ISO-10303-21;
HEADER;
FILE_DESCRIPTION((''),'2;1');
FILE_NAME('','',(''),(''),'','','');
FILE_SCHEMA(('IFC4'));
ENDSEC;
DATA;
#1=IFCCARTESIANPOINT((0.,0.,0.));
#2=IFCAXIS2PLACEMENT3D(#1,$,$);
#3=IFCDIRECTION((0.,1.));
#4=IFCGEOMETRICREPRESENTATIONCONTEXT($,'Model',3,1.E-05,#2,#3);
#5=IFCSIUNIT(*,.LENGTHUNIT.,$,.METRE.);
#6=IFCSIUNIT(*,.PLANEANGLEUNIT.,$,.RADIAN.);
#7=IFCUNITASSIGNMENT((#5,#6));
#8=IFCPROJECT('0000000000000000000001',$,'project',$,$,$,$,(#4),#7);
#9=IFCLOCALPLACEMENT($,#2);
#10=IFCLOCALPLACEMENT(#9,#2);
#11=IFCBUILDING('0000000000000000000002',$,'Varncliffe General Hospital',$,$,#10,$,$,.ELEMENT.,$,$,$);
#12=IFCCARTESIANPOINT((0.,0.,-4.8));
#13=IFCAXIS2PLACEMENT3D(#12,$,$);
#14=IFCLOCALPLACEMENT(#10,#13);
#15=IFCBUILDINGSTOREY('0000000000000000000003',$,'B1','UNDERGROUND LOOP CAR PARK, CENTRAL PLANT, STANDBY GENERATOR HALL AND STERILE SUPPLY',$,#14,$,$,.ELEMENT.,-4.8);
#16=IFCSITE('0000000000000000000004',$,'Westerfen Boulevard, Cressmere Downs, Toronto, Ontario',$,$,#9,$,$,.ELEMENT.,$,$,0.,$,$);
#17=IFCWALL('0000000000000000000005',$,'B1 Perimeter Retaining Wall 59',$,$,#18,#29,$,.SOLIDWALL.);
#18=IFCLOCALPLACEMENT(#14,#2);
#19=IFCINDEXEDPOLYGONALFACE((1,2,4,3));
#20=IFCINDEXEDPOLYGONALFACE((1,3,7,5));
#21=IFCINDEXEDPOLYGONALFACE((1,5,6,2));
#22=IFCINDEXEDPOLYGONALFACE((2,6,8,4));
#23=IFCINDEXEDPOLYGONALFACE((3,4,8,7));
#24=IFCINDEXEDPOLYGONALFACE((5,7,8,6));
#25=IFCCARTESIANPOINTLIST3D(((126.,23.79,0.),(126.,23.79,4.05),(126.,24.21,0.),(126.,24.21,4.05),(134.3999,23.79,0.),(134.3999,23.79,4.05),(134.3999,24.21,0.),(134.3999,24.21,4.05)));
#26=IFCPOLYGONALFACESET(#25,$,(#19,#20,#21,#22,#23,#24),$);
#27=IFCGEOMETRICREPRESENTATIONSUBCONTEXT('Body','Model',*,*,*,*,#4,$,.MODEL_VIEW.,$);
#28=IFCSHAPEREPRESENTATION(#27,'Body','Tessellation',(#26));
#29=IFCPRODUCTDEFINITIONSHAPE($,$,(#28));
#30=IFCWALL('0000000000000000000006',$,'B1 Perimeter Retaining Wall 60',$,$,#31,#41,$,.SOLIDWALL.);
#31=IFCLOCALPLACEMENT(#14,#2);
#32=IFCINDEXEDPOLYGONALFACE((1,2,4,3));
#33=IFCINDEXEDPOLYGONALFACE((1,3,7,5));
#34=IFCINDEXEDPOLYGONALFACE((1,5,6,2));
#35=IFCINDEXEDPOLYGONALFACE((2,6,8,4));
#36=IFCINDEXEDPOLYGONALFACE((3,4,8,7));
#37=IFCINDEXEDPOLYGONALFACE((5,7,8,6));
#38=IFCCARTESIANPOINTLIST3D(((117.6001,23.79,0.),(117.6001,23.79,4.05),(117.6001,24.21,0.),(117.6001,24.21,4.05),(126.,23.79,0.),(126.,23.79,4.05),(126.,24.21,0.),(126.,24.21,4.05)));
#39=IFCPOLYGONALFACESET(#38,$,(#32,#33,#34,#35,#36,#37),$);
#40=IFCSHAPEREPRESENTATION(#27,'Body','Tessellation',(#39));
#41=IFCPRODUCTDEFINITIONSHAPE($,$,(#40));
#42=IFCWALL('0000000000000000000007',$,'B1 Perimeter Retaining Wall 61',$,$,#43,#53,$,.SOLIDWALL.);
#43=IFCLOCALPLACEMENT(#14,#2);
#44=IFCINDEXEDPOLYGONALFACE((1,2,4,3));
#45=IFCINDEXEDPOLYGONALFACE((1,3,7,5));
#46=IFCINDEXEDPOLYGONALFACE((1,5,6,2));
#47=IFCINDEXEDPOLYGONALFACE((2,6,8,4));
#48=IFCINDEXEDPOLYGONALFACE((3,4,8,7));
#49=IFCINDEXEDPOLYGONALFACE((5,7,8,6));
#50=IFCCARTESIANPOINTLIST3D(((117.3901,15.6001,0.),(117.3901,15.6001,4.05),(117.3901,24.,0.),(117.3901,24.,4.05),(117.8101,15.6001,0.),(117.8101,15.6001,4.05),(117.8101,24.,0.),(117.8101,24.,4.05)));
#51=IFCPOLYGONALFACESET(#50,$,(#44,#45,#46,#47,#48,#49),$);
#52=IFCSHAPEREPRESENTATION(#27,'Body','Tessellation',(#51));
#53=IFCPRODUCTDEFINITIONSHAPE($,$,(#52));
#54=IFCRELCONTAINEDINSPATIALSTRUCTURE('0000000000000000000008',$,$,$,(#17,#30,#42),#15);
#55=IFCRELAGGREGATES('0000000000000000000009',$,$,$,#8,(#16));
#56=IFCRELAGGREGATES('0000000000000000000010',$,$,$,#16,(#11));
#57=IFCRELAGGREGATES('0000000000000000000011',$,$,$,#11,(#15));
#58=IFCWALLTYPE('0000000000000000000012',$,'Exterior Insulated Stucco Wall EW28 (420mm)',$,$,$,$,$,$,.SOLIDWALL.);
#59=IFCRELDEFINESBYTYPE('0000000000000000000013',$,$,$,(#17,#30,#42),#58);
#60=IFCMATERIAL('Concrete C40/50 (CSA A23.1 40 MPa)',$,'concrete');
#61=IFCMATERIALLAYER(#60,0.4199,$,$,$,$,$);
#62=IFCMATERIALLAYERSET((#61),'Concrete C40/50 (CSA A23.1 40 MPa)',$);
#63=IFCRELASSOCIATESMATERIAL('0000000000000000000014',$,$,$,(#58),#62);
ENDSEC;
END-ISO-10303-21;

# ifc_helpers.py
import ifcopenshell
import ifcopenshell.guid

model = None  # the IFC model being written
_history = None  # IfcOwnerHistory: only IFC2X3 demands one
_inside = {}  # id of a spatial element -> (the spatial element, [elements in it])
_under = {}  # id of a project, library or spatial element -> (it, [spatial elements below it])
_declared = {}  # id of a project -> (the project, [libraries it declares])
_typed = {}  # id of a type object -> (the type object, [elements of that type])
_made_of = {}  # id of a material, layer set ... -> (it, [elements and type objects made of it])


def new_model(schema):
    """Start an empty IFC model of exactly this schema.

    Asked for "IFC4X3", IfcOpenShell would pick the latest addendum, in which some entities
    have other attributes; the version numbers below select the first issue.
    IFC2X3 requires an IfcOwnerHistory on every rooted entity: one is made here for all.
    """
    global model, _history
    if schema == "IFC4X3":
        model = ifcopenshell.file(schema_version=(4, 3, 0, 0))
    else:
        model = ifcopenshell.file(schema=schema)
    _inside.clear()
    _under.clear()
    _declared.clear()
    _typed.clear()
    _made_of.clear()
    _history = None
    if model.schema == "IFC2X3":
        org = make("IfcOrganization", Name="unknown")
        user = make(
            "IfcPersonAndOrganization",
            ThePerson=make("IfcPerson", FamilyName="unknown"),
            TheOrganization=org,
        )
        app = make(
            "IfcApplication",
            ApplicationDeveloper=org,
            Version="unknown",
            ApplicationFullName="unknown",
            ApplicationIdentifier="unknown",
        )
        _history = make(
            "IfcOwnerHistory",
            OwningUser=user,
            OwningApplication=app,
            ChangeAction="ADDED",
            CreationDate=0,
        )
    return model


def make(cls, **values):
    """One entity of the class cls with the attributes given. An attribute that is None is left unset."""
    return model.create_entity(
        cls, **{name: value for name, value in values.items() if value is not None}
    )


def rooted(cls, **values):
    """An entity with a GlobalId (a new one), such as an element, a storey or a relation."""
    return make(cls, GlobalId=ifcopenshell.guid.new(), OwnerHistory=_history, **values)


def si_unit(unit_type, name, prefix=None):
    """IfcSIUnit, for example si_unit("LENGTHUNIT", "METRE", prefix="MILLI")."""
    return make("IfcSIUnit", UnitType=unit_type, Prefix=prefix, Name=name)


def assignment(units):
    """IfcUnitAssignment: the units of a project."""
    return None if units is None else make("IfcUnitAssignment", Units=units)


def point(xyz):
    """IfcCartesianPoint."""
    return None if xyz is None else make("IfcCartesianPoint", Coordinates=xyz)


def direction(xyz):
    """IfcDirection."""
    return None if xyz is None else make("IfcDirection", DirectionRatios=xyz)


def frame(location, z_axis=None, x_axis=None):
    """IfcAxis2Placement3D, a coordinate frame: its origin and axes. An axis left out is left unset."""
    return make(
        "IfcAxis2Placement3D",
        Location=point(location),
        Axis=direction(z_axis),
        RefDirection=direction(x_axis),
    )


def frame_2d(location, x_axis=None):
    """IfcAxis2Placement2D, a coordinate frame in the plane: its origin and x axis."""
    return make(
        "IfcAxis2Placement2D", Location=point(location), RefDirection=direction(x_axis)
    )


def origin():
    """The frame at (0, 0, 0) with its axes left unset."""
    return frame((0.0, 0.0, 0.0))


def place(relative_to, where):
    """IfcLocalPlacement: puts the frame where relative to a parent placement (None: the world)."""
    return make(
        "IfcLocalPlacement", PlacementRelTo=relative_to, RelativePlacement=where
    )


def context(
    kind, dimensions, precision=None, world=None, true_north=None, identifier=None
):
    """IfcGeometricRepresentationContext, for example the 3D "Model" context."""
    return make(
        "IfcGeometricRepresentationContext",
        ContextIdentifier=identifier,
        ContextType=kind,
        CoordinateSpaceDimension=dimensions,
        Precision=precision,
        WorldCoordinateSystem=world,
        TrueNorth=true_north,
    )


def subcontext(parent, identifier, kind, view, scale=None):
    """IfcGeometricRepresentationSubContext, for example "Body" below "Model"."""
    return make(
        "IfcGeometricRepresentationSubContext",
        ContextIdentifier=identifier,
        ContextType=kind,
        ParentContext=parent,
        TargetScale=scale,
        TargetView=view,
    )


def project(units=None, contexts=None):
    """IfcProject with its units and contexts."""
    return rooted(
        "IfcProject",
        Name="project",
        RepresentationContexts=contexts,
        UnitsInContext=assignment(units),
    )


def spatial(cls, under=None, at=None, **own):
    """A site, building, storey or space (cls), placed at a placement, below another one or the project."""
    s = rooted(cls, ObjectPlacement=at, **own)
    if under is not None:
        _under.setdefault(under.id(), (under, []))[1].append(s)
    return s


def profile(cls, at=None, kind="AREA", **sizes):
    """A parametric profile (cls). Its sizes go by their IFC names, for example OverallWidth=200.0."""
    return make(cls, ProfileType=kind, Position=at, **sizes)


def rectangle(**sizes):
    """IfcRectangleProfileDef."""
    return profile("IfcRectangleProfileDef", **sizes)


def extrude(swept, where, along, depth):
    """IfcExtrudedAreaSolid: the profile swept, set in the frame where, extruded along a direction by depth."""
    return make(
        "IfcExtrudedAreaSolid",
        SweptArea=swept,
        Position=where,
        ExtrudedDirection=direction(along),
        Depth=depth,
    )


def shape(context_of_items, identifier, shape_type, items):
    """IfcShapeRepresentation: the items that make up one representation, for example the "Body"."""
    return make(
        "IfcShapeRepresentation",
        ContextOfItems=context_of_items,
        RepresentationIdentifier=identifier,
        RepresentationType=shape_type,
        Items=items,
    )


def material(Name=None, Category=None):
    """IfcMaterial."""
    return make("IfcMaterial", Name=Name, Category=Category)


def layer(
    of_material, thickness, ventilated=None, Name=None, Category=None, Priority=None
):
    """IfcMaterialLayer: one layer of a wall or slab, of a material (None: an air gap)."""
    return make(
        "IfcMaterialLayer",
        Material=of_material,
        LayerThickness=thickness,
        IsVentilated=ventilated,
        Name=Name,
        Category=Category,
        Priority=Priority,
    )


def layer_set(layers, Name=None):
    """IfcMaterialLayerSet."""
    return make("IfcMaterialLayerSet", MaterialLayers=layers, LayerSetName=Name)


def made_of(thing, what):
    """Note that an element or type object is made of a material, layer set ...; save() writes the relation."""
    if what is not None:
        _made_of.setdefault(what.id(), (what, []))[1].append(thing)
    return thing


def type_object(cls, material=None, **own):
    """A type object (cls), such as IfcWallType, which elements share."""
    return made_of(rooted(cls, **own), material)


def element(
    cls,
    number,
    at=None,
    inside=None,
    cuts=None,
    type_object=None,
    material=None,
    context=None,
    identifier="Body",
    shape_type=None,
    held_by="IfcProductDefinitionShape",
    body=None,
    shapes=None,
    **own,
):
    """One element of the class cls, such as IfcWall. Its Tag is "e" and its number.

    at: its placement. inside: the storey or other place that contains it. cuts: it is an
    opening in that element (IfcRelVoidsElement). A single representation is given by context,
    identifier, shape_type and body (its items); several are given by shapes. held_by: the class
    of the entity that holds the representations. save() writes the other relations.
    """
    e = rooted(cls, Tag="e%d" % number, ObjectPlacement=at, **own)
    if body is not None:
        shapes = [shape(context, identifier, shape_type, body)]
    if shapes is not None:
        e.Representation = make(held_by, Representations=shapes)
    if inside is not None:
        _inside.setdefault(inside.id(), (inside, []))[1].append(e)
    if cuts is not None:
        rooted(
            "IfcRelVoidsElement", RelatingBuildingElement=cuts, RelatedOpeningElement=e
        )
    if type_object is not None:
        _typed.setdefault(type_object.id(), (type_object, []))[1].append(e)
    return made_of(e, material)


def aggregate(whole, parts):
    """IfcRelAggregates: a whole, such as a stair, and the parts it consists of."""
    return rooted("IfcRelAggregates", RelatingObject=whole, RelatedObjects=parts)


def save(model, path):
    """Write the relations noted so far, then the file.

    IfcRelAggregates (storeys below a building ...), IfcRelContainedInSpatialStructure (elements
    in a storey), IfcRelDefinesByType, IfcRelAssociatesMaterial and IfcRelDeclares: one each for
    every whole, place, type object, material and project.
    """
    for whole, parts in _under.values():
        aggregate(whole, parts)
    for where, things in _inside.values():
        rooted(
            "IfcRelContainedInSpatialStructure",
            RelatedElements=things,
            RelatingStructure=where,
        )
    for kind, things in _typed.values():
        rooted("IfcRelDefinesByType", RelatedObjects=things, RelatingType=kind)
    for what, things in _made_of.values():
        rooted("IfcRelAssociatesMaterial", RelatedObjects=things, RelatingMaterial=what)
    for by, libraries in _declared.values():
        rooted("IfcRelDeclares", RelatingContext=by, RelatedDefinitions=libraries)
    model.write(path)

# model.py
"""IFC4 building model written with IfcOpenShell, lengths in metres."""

from ifc_helpers import new_model, si_unit, direction, frame, frame_2d, origin, place, context, subcontext, project, spatial, rectangle, extrude, material, layer, layer_set, type_object, element, save


model = new_model("IFC4")

# Units and contexts
model_context = context("Model", 3, precision=1e-05, world=origin(), true_north=direction((0.0, 1.0)))
body_context = subcontext(model_context, "Body", "Model", "MODEL_VIEW")
ifc_project = project(units=[si_unit("LENGTHUNIT", "METRE"), si_unit("PLANEANGLEUNIT", "RADIAN")], contexts=[model_context])

# Site, building, storey
site_placement = place(None, origin())
site = spatial("IfcSite", under=ifc_project, at=site_placement, Name="Westerfen Boulevard, Cressmere Downs, Toronto, Ontario", CompositionType="ELEMENT", RefElevation=0.0)
building_placement = place(site_placement, origin())
building = spatial("IfcBuilding", under=site, at=building_placement, Name="Varncliffe General Hospital", CompositionType="ELEMENT")
storey_placement = place(building_placement, frame((0.0, 0.0, -4.8)))
storey = spatial("IfcBuildingStorey", under=building, at=storey_placement, Name="B1", Description="UNDERGROUND LOOP CAR PARK, CENTRAL PLANT, STANDBY GENERATOR HALL AND STERILE SUPPLY", CompositionType="ELEMENT", Elevation=-4.8)

# Shared definitions
ifc_material_1 = material(Name="Concrete C40/50 (CSA A23.1 40 MPa)", Category="concrete")

# Walls
ifc_layer = layer(ifc_material_1, 0.4199)
ifc_layer_set = layer_set([ifc_layer], Name="Concrete C40/50 (CSA A23.1 40 MPa)")
wall_type = type_object("IfcWallType", Name="Exterior Insulated Stucco Wall EW28 (420mm)", PredefinedType="SOLIDWALL", material=ifc_layer_set)
for number, where, z_axis, x_axis, name in (
    (1, (134.3999, 24.0, 0.0), (0.0, 0.0, 1.0), (-1.0, 0.0, 0.0), "B1 Perimeter Retaining Wall 59"),
    (2, (126.0, 24.0, 0.0), (0.0, 0.0, 1.0), (-1.0, 0.0, 0.0), "B1 Perimeter Retaining Wall 60"),
    (3, (117.6001, 24.0, 0.0), (0.0, 0.0, 1.0), (0.0, -1.0, 0.0), "B1 Perimeter Retaining Wall 61"),
):
    element("IfcWall", number, at=place(storey_placement, frame(where, z_axis=z_axis, x_axis=x_axis)), inside=storey, type_object=wall_type, Name=name, PredefinedType="SOLIDWALL", context=body_context, shape_type="SweptSolid", body=[
        extrude(rectangle(XDim=8.3999, YDim=0.4199, at=frame_2d((4.2, 0.0))), origin(), (0.0, 0.0, 1.0), 4.05),
    ])

save(model, "model.ifc")
